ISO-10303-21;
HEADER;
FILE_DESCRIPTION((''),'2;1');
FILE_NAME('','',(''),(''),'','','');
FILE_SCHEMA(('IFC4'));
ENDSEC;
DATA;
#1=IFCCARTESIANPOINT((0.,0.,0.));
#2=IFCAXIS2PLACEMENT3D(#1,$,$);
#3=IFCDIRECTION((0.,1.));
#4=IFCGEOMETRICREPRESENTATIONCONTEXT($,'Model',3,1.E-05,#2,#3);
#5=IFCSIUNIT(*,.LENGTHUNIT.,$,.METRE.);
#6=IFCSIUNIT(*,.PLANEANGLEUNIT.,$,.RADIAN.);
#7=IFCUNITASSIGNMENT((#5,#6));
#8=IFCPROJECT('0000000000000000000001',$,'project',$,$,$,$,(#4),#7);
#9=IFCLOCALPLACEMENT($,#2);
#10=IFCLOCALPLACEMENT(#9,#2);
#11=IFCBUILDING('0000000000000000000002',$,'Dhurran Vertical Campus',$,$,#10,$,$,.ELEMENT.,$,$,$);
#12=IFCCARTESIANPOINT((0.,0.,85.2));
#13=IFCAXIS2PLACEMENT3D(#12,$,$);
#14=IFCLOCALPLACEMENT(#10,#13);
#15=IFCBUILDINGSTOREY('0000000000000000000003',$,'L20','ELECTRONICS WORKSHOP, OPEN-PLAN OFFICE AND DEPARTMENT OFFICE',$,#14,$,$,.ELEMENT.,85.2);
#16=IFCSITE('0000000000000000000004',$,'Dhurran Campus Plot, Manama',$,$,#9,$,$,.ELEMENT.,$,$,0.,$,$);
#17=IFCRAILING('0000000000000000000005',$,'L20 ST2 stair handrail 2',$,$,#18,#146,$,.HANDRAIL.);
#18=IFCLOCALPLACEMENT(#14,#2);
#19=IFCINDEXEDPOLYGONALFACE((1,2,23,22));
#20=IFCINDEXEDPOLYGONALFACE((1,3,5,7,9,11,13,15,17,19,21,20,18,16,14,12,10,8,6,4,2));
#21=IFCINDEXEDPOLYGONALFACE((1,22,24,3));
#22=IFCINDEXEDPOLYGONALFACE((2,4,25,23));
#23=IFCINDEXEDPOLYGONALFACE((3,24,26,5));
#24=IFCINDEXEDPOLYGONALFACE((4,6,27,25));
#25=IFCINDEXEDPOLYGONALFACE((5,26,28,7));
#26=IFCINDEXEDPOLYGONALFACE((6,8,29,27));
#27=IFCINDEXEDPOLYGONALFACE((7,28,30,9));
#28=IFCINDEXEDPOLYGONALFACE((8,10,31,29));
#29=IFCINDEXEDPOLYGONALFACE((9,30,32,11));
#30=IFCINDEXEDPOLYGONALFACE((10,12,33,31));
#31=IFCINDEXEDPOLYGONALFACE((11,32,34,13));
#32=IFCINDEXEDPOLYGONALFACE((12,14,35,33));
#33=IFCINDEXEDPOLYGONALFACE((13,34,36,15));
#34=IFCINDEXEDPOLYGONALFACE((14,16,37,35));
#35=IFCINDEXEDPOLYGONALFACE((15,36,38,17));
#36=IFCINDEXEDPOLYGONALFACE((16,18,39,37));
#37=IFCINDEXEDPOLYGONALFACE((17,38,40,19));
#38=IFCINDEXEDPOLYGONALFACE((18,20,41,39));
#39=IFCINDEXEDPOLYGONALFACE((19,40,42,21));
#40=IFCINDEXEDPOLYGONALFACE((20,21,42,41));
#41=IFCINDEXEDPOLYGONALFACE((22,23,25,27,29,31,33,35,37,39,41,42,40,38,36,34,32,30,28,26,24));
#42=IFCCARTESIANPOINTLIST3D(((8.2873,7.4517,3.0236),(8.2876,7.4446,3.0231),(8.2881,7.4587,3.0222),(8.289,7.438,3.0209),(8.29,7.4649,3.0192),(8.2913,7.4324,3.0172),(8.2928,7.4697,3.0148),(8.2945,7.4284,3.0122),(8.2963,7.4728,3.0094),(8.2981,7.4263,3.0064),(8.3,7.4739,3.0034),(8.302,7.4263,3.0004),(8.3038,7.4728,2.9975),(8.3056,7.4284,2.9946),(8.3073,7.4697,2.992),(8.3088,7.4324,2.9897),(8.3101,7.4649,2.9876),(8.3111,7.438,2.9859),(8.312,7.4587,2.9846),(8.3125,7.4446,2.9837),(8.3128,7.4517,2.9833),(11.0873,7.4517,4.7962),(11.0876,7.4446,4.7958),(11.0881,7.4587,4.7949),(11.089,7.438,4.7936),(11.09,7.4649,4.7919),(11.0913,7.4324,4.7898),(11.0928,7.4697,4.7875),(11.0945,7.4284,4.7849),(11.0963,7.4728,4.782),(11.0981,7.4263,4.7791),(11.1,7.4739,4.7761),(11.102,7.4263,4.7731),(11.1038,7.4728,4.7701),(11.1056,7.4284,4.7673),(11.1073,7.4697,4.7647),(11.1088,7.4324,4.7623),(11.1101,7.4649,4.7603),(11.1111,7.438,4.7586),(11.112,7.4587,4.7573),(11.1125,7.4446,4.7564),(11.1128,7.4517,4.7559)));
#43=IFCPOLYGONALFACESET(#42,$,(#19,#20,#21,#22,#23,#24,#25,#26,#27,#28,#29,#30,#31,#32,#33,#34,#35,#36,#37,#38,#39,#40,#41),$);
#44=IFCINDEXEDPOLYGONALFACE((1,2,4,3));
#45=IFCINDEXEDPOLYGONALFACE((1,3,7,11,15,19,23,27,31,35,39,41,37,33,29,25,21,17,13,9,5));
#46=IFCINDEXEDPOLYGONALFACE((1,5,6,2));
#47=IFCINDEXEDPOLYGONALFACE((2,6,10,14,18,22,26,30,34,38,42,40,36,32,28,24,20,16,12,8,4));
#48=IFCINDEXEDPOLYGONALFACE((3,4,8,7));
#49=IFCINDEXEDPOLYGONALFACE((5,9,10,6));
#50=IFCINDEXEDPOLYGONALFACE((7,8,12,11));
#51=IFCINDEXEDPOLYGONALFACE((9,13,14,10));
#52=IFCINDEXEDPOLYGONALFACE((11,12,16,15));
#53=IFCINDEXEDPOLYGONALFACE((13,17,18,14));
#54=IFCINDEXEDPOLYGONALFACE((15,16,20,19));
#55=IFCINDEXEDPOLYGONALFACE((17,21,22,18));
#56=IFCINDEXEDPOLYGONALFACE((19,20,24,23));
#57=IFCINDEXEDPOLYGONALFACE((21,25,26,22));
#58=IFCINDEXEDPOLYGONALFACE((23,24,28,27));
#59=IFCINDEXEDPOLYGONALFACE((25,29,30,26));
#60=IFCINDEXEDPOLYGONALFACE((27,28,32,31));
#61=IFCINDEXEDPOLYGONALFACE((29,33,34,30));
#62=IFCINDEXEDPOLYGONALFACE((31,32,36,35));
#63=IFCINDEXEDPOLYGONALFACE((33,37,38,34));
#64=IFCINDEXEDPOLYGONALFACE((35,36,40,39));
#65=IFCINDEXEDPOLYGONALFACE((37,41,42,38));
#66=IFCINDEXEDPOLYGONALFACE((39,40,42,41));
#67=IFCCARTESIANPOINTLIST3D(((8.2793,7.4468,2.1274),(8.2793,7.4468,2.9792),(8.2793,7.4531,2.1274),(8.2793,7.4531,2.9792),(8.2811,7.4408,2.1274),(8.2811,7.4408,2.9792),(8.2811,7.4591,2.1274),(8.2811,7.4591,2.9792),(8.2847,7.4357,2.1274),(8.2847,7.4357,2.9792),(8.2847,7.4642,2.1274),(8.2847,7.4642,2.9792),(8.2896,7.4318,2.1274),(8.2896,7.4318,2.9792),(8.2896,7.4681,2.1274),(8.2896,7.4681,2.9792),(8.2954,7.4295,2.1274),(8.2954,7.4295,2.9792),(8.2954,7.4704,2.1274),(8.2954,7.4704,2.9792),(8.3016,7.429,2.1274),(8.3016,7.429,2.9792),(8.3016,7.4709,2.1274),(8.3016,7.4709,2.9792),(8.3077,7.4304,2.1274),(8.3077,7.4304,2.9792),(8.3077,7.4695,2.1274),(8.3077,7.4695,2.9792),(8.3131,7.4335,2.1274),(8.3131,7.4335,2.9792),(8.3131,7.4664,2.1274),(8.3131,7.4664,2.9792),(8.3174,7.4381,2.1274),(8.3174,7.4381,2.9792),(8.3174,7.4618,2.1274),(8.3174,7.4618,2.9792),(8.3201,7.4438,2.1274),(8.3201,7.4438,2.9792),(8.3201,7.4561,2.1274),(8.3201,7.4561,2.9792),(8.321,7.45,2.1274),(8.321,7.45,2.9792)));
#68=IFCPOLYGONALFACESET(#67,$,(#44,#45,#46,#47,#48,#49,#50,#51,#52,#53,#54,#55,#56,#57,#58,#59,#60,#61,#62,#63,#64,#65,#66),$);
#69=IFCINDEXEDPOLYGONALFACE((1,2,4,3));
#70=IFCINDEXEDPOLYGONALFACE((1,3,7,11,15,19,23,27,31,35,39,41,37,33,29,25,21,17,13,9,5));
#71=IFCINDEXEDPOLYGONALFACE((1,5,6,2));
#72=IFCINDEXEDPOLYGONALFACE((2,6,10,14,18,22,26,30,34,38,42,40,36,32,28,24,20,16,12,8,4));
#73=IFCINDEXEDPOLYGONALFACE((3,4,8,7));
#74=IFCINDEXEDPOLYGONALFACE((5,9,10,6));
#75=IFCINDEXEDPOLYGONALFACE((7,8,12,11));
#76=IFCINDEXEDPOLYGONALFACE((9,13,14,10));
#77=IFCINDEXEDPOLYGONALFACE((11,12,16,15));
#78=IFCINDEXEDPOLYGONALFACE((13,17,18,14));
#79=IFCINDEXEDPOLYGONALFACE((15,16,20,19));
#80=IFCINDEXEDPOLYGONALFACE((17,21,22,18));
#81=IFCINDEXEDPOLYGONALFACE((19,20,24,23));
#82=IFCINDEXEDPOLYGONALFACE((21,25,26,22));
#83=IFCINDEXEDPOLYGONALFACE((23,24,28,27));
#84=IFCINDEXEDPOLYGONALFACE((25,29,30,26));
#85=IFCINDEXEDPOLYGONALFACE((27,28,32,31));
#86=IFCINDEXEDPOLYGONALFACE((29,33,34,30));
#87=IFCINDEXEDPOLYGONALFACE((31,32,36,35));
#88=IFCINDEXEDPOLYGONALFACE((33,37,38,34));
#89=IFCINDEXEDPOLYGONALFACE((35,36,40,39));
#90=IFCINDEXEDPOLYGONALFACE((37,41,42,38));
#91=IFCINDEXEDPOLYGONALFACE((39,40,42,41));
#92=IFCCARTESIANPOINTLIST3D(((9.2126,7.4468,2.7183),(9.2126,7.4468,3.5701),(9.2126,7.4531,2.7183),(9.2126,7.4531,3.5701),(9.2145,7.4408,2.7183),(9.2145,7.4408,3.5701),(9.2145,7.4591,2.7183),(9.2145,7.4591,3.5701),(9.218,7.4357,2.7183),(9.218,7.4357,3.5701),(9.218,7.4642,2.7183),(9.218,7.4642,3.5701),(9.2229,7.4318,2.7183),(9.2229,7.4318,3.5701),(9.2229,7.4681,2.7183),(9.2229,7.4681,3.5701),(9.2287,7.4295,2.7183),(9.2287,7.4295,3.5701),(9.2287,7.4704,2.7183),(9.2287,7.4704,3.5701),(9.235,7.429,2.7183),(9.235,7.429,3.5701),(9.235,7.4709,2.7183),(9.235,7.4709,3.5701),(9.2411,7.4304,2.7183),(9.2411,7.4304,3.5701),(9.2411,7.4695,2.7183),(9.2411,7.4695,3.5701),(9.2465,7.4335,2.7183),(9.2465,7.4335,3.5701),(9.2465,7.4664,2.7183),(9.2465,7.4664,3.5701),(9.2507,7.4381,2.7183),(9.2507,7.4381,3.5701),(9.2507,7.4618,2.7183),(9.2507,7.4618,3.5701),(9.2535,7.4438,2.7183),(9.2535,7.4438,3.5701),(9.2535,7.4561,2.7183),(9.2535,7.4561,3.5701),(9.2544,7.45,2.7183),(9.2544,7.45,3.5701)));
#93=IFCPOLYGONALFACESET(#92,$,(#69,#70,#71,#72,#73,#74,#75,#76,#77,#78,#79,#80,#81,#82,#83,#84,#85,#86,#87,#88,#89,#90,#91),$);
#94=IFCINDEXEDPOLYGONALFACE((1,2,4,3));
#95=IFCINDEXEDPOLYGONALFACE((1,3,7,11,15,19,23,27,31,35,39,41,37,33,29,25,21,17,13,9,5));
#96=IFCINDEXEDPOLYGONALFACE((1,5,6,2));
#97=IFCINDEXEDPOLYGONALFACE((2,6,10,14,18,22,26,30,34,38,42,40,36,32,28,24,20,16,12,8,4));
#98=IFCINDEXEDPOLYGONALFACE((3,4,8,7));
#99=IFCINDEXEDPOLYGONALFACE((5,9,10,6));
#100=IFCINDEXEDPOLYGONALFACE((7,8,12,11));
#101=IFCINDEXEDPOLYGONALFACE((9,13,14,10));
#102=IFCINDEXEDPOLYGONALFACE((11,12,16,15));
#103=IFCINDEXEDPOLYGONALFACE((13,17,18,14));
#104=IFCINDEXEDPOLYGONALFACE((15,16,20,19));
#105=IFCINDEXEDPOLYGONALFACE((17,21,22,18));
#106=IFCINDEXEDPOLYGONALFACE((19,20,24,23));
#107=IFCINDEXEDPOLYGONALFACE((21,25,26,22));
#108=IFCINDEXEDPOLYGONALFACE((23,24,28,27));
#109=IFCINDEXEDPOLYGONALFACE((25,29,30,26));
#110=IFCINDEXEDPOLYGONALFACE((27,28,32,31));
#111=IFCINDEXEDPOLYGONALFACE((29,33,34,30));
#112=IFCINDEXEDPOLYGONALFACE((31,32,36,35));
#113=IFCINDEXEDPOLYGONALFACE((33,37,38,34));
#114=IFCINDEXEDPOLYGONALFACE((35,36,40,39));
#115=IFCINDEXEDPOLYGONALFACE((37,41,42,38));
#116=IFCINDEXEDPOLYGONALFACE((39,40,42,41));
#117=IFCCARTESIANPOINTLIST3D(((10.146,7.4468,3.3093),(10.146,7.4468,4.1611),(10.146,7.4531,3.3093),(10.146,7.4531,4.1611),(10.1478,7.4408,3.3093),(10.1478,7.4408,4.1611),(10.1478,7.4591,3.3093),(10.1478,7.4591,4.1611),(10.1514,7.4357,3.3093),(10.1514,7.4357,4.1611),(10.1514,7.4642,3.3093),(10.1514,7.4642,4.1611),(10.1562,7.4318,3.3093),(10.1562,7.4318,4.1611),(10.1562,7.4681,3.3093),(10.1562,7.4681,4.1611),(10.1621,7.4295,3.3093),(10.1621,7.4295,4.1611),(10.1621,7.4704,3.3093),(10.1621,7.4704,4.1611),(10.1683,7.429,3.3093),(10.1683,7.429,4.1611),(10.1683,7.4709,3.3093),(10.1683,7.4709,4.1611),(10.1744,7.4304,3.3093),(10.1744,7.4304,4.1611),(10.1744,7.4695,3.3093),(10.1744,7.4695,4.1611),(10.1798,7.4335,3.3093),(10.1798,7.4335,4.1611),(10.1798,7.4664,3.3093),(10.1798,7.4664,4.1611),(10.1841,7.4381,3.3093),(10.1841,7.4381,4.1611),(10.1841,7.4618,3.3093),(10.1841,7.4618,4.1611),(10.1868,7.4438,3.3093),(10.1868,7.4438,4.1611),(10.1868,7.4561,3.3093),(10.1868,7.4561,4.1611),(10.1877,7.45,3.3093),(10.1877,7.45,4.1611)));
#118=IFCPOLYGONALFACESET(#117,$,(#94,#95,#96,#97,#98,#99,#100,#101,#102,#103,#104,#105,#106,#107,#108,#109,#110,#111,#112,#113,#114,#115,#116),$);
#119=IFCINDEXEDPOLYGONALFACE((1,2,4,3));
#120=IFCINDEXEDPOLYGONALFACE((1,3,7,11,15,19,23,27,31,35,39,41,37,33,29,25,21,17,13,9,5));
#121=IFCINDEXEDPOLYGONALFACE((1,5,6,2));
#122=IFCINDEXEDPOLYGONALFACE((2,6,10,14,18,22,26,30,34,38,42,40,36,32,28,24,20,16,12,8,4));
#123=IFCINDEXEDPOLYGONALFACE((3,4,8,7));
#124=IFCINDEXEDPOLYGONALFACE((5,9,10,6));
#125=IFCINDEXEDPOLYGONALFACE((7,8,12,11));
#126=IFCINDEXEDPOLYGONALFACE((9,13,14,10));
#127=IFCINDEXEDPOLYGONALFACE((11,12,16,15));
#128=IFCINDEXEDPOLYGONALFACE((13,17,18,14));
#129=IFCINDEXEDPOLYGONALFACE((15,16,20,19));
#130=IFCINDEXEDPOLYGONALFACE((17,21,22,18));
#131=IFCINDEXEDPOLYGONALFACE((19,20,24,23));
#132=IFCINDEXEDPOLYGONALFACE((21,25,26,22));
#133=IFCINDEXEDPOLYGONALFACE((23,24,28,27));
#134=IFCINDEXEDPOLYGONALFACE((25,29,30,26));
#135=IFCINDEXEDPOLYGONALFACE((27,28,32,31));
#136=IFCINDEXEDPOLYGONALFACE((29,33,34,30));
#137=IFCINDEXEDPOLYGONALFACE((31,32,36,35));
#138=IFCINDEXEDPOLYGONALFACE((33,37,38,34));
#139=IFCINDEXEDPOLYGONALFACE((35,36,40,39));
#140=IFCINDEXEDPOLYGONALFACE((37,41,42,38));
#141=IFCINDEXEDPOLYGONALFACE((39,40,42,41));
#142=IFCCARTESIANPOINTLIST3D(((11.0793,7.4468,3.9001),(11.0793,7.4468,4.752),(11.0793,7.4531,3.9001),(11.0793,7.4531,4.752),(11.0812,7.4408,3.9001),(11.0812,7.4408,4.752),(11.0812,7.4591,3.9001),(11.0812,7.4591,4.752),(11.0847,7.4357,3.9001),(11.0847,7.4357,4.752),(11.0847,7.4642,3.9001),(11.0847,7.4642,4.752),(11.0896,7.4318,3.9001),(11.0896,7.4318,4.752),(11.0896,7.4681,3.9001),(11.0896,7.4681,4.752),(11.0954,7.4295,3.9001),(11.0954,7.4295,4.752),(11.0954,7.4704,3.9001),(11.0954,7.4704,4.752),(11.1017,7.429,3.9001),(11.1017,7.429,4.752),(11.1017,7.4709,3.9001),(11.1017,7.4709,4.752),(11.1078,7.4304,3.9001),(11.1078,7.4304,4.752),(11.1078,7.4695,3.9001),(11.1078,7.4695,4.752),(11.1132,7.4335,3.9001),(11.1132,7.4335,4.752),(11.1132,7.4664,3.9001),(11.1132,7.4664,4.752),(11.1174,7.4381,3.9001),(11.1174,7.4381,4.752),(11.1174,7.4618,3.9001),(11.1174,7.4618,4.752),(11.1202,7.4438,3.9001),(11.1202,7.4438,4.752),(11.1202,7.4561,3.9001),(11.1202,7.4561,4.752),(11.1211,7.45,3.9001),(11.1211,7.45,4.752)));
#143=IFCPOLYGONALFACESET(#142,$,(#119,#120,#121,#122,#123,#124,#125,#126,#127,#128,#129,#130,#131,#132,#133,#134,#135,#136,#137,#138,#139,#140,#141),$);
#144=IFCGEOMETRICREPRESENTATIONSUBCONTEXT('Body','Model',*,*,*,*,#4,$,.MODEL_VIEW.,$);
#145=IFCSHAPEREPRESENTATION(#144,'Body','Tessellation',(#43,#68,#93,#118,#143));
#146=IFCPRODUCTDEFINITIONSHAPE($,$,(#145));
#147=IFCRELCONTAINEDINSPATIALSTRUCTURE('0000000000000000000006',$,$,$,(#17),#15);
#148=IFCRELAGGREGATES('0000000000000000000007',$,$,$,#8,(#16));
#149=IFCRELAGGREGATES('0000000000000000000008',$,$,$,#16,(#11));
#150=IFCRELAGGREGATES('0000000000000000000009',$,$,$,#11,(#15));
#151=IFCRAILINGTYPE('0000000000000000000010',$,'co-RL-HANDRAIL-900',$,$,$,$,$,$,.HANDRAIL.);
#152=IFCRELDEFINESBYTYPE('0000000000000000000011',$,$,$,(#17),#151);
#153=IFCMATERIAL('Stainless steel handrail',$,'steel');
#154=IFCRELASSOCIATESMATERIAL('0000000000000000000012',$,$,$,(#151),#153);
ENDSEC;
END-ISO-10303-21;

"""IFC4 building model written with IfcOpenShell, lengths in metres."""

from ifc_helpers import new_model, si_unit, direction, frame, origin, origin_2d, place, context, subcontext, project, spatial, circle, extrude, material, type_object, element, save


model = new_model("IFC4")

# Units and contexts
model_context = context("Model", 3, precision=1e-05, world=origin(), true_north=direction((0.0, 1.0)))
body_context = subcontext(model_context, "Body", "Model", "MODEL_VIEW")
ifc_project = project(units=[si_unit("LENGTHUNIT", "METRE"), si_unit("PLANEANGLEUNIT", "RADIAN")], contexts=[model_context])

# Site, building, storey
site_placement = place(None, origin())
site = spatial("IfcSite", under=ifc_project, at=site_placement, Name="Dhurran Campus Plot, Manama", CompositionType="ELEMENT", RefElevation=0.0)
building_placement = place(site_placement, origin())
building = spatial("IfcBuilding", under=site, at=building_placement, Name="Dhurran Vertical Campus", CompositionType="ELEMENT")
storey_placement = place(building_placement, frame((0.0, 0.0, 85.2)))
storey = spatial("IfcBuildingStorey", under=building, at=storey_placement, Name="L20", Description="ELECTRONICS WORKSHOP, OPEN-PLAN OFFICE AND DEPARTMENT OFFICE", CompositionType="ELEMENT", Elevation=85.2)

# Railing
ifc_material_1 = material(Name="Stainless steel handrail", Category="steel")
railing_type_1 = type_object("IfcRailingType", Name="co-RL-HANDRAIL-900", PredefinedType="HANDRAIL", material=ifc_material_1)
railing_1_placement = place(storey_placement, frame((8.3, 7.45, 2.1274)))
element("IfcRailing", 1, at=railing_1_placement, inside=storey, type_object=railing_type_1, Name="L20 ST2 stair handrail 2", PredefinedType="HANDRAIL", context=body_context, shape_type="SweptSolid", body=[
    extrude(circle(Radius=0.0239, at=origin_2d()), frame((0.0, 0.0, 0.876), z_axis=(0.844909, 0.0, 0.53491), x_axis=(0.0, 1.0, 0.0)), (0.0, 0.0, 1.0), 3.314),
    extrude(circle(Radius=0.021, at=origin_2d()), origin(), (0.0, 0.0, 1.0), 0.8518),
    extrude(circle(Radius=0.021, at=origin_2d()), frame((0.9333, 0.0, 0.5908)), (0.0, 0.0, 1.0), 0.8518),
    extrude(circle(Radius=0.021, at=origin_2d()), frame((1.8667, 0.0, 1.1819)), (0.0, 0.0, 1.0), 0.8518),
    extrude(circle(Radius=0.021, at=origin_2d()), frame((2.8, 0.0, 1.7727)), (0.0, 0.0, 1.0), 0.8518),
])

save(model, "model.ifc")
